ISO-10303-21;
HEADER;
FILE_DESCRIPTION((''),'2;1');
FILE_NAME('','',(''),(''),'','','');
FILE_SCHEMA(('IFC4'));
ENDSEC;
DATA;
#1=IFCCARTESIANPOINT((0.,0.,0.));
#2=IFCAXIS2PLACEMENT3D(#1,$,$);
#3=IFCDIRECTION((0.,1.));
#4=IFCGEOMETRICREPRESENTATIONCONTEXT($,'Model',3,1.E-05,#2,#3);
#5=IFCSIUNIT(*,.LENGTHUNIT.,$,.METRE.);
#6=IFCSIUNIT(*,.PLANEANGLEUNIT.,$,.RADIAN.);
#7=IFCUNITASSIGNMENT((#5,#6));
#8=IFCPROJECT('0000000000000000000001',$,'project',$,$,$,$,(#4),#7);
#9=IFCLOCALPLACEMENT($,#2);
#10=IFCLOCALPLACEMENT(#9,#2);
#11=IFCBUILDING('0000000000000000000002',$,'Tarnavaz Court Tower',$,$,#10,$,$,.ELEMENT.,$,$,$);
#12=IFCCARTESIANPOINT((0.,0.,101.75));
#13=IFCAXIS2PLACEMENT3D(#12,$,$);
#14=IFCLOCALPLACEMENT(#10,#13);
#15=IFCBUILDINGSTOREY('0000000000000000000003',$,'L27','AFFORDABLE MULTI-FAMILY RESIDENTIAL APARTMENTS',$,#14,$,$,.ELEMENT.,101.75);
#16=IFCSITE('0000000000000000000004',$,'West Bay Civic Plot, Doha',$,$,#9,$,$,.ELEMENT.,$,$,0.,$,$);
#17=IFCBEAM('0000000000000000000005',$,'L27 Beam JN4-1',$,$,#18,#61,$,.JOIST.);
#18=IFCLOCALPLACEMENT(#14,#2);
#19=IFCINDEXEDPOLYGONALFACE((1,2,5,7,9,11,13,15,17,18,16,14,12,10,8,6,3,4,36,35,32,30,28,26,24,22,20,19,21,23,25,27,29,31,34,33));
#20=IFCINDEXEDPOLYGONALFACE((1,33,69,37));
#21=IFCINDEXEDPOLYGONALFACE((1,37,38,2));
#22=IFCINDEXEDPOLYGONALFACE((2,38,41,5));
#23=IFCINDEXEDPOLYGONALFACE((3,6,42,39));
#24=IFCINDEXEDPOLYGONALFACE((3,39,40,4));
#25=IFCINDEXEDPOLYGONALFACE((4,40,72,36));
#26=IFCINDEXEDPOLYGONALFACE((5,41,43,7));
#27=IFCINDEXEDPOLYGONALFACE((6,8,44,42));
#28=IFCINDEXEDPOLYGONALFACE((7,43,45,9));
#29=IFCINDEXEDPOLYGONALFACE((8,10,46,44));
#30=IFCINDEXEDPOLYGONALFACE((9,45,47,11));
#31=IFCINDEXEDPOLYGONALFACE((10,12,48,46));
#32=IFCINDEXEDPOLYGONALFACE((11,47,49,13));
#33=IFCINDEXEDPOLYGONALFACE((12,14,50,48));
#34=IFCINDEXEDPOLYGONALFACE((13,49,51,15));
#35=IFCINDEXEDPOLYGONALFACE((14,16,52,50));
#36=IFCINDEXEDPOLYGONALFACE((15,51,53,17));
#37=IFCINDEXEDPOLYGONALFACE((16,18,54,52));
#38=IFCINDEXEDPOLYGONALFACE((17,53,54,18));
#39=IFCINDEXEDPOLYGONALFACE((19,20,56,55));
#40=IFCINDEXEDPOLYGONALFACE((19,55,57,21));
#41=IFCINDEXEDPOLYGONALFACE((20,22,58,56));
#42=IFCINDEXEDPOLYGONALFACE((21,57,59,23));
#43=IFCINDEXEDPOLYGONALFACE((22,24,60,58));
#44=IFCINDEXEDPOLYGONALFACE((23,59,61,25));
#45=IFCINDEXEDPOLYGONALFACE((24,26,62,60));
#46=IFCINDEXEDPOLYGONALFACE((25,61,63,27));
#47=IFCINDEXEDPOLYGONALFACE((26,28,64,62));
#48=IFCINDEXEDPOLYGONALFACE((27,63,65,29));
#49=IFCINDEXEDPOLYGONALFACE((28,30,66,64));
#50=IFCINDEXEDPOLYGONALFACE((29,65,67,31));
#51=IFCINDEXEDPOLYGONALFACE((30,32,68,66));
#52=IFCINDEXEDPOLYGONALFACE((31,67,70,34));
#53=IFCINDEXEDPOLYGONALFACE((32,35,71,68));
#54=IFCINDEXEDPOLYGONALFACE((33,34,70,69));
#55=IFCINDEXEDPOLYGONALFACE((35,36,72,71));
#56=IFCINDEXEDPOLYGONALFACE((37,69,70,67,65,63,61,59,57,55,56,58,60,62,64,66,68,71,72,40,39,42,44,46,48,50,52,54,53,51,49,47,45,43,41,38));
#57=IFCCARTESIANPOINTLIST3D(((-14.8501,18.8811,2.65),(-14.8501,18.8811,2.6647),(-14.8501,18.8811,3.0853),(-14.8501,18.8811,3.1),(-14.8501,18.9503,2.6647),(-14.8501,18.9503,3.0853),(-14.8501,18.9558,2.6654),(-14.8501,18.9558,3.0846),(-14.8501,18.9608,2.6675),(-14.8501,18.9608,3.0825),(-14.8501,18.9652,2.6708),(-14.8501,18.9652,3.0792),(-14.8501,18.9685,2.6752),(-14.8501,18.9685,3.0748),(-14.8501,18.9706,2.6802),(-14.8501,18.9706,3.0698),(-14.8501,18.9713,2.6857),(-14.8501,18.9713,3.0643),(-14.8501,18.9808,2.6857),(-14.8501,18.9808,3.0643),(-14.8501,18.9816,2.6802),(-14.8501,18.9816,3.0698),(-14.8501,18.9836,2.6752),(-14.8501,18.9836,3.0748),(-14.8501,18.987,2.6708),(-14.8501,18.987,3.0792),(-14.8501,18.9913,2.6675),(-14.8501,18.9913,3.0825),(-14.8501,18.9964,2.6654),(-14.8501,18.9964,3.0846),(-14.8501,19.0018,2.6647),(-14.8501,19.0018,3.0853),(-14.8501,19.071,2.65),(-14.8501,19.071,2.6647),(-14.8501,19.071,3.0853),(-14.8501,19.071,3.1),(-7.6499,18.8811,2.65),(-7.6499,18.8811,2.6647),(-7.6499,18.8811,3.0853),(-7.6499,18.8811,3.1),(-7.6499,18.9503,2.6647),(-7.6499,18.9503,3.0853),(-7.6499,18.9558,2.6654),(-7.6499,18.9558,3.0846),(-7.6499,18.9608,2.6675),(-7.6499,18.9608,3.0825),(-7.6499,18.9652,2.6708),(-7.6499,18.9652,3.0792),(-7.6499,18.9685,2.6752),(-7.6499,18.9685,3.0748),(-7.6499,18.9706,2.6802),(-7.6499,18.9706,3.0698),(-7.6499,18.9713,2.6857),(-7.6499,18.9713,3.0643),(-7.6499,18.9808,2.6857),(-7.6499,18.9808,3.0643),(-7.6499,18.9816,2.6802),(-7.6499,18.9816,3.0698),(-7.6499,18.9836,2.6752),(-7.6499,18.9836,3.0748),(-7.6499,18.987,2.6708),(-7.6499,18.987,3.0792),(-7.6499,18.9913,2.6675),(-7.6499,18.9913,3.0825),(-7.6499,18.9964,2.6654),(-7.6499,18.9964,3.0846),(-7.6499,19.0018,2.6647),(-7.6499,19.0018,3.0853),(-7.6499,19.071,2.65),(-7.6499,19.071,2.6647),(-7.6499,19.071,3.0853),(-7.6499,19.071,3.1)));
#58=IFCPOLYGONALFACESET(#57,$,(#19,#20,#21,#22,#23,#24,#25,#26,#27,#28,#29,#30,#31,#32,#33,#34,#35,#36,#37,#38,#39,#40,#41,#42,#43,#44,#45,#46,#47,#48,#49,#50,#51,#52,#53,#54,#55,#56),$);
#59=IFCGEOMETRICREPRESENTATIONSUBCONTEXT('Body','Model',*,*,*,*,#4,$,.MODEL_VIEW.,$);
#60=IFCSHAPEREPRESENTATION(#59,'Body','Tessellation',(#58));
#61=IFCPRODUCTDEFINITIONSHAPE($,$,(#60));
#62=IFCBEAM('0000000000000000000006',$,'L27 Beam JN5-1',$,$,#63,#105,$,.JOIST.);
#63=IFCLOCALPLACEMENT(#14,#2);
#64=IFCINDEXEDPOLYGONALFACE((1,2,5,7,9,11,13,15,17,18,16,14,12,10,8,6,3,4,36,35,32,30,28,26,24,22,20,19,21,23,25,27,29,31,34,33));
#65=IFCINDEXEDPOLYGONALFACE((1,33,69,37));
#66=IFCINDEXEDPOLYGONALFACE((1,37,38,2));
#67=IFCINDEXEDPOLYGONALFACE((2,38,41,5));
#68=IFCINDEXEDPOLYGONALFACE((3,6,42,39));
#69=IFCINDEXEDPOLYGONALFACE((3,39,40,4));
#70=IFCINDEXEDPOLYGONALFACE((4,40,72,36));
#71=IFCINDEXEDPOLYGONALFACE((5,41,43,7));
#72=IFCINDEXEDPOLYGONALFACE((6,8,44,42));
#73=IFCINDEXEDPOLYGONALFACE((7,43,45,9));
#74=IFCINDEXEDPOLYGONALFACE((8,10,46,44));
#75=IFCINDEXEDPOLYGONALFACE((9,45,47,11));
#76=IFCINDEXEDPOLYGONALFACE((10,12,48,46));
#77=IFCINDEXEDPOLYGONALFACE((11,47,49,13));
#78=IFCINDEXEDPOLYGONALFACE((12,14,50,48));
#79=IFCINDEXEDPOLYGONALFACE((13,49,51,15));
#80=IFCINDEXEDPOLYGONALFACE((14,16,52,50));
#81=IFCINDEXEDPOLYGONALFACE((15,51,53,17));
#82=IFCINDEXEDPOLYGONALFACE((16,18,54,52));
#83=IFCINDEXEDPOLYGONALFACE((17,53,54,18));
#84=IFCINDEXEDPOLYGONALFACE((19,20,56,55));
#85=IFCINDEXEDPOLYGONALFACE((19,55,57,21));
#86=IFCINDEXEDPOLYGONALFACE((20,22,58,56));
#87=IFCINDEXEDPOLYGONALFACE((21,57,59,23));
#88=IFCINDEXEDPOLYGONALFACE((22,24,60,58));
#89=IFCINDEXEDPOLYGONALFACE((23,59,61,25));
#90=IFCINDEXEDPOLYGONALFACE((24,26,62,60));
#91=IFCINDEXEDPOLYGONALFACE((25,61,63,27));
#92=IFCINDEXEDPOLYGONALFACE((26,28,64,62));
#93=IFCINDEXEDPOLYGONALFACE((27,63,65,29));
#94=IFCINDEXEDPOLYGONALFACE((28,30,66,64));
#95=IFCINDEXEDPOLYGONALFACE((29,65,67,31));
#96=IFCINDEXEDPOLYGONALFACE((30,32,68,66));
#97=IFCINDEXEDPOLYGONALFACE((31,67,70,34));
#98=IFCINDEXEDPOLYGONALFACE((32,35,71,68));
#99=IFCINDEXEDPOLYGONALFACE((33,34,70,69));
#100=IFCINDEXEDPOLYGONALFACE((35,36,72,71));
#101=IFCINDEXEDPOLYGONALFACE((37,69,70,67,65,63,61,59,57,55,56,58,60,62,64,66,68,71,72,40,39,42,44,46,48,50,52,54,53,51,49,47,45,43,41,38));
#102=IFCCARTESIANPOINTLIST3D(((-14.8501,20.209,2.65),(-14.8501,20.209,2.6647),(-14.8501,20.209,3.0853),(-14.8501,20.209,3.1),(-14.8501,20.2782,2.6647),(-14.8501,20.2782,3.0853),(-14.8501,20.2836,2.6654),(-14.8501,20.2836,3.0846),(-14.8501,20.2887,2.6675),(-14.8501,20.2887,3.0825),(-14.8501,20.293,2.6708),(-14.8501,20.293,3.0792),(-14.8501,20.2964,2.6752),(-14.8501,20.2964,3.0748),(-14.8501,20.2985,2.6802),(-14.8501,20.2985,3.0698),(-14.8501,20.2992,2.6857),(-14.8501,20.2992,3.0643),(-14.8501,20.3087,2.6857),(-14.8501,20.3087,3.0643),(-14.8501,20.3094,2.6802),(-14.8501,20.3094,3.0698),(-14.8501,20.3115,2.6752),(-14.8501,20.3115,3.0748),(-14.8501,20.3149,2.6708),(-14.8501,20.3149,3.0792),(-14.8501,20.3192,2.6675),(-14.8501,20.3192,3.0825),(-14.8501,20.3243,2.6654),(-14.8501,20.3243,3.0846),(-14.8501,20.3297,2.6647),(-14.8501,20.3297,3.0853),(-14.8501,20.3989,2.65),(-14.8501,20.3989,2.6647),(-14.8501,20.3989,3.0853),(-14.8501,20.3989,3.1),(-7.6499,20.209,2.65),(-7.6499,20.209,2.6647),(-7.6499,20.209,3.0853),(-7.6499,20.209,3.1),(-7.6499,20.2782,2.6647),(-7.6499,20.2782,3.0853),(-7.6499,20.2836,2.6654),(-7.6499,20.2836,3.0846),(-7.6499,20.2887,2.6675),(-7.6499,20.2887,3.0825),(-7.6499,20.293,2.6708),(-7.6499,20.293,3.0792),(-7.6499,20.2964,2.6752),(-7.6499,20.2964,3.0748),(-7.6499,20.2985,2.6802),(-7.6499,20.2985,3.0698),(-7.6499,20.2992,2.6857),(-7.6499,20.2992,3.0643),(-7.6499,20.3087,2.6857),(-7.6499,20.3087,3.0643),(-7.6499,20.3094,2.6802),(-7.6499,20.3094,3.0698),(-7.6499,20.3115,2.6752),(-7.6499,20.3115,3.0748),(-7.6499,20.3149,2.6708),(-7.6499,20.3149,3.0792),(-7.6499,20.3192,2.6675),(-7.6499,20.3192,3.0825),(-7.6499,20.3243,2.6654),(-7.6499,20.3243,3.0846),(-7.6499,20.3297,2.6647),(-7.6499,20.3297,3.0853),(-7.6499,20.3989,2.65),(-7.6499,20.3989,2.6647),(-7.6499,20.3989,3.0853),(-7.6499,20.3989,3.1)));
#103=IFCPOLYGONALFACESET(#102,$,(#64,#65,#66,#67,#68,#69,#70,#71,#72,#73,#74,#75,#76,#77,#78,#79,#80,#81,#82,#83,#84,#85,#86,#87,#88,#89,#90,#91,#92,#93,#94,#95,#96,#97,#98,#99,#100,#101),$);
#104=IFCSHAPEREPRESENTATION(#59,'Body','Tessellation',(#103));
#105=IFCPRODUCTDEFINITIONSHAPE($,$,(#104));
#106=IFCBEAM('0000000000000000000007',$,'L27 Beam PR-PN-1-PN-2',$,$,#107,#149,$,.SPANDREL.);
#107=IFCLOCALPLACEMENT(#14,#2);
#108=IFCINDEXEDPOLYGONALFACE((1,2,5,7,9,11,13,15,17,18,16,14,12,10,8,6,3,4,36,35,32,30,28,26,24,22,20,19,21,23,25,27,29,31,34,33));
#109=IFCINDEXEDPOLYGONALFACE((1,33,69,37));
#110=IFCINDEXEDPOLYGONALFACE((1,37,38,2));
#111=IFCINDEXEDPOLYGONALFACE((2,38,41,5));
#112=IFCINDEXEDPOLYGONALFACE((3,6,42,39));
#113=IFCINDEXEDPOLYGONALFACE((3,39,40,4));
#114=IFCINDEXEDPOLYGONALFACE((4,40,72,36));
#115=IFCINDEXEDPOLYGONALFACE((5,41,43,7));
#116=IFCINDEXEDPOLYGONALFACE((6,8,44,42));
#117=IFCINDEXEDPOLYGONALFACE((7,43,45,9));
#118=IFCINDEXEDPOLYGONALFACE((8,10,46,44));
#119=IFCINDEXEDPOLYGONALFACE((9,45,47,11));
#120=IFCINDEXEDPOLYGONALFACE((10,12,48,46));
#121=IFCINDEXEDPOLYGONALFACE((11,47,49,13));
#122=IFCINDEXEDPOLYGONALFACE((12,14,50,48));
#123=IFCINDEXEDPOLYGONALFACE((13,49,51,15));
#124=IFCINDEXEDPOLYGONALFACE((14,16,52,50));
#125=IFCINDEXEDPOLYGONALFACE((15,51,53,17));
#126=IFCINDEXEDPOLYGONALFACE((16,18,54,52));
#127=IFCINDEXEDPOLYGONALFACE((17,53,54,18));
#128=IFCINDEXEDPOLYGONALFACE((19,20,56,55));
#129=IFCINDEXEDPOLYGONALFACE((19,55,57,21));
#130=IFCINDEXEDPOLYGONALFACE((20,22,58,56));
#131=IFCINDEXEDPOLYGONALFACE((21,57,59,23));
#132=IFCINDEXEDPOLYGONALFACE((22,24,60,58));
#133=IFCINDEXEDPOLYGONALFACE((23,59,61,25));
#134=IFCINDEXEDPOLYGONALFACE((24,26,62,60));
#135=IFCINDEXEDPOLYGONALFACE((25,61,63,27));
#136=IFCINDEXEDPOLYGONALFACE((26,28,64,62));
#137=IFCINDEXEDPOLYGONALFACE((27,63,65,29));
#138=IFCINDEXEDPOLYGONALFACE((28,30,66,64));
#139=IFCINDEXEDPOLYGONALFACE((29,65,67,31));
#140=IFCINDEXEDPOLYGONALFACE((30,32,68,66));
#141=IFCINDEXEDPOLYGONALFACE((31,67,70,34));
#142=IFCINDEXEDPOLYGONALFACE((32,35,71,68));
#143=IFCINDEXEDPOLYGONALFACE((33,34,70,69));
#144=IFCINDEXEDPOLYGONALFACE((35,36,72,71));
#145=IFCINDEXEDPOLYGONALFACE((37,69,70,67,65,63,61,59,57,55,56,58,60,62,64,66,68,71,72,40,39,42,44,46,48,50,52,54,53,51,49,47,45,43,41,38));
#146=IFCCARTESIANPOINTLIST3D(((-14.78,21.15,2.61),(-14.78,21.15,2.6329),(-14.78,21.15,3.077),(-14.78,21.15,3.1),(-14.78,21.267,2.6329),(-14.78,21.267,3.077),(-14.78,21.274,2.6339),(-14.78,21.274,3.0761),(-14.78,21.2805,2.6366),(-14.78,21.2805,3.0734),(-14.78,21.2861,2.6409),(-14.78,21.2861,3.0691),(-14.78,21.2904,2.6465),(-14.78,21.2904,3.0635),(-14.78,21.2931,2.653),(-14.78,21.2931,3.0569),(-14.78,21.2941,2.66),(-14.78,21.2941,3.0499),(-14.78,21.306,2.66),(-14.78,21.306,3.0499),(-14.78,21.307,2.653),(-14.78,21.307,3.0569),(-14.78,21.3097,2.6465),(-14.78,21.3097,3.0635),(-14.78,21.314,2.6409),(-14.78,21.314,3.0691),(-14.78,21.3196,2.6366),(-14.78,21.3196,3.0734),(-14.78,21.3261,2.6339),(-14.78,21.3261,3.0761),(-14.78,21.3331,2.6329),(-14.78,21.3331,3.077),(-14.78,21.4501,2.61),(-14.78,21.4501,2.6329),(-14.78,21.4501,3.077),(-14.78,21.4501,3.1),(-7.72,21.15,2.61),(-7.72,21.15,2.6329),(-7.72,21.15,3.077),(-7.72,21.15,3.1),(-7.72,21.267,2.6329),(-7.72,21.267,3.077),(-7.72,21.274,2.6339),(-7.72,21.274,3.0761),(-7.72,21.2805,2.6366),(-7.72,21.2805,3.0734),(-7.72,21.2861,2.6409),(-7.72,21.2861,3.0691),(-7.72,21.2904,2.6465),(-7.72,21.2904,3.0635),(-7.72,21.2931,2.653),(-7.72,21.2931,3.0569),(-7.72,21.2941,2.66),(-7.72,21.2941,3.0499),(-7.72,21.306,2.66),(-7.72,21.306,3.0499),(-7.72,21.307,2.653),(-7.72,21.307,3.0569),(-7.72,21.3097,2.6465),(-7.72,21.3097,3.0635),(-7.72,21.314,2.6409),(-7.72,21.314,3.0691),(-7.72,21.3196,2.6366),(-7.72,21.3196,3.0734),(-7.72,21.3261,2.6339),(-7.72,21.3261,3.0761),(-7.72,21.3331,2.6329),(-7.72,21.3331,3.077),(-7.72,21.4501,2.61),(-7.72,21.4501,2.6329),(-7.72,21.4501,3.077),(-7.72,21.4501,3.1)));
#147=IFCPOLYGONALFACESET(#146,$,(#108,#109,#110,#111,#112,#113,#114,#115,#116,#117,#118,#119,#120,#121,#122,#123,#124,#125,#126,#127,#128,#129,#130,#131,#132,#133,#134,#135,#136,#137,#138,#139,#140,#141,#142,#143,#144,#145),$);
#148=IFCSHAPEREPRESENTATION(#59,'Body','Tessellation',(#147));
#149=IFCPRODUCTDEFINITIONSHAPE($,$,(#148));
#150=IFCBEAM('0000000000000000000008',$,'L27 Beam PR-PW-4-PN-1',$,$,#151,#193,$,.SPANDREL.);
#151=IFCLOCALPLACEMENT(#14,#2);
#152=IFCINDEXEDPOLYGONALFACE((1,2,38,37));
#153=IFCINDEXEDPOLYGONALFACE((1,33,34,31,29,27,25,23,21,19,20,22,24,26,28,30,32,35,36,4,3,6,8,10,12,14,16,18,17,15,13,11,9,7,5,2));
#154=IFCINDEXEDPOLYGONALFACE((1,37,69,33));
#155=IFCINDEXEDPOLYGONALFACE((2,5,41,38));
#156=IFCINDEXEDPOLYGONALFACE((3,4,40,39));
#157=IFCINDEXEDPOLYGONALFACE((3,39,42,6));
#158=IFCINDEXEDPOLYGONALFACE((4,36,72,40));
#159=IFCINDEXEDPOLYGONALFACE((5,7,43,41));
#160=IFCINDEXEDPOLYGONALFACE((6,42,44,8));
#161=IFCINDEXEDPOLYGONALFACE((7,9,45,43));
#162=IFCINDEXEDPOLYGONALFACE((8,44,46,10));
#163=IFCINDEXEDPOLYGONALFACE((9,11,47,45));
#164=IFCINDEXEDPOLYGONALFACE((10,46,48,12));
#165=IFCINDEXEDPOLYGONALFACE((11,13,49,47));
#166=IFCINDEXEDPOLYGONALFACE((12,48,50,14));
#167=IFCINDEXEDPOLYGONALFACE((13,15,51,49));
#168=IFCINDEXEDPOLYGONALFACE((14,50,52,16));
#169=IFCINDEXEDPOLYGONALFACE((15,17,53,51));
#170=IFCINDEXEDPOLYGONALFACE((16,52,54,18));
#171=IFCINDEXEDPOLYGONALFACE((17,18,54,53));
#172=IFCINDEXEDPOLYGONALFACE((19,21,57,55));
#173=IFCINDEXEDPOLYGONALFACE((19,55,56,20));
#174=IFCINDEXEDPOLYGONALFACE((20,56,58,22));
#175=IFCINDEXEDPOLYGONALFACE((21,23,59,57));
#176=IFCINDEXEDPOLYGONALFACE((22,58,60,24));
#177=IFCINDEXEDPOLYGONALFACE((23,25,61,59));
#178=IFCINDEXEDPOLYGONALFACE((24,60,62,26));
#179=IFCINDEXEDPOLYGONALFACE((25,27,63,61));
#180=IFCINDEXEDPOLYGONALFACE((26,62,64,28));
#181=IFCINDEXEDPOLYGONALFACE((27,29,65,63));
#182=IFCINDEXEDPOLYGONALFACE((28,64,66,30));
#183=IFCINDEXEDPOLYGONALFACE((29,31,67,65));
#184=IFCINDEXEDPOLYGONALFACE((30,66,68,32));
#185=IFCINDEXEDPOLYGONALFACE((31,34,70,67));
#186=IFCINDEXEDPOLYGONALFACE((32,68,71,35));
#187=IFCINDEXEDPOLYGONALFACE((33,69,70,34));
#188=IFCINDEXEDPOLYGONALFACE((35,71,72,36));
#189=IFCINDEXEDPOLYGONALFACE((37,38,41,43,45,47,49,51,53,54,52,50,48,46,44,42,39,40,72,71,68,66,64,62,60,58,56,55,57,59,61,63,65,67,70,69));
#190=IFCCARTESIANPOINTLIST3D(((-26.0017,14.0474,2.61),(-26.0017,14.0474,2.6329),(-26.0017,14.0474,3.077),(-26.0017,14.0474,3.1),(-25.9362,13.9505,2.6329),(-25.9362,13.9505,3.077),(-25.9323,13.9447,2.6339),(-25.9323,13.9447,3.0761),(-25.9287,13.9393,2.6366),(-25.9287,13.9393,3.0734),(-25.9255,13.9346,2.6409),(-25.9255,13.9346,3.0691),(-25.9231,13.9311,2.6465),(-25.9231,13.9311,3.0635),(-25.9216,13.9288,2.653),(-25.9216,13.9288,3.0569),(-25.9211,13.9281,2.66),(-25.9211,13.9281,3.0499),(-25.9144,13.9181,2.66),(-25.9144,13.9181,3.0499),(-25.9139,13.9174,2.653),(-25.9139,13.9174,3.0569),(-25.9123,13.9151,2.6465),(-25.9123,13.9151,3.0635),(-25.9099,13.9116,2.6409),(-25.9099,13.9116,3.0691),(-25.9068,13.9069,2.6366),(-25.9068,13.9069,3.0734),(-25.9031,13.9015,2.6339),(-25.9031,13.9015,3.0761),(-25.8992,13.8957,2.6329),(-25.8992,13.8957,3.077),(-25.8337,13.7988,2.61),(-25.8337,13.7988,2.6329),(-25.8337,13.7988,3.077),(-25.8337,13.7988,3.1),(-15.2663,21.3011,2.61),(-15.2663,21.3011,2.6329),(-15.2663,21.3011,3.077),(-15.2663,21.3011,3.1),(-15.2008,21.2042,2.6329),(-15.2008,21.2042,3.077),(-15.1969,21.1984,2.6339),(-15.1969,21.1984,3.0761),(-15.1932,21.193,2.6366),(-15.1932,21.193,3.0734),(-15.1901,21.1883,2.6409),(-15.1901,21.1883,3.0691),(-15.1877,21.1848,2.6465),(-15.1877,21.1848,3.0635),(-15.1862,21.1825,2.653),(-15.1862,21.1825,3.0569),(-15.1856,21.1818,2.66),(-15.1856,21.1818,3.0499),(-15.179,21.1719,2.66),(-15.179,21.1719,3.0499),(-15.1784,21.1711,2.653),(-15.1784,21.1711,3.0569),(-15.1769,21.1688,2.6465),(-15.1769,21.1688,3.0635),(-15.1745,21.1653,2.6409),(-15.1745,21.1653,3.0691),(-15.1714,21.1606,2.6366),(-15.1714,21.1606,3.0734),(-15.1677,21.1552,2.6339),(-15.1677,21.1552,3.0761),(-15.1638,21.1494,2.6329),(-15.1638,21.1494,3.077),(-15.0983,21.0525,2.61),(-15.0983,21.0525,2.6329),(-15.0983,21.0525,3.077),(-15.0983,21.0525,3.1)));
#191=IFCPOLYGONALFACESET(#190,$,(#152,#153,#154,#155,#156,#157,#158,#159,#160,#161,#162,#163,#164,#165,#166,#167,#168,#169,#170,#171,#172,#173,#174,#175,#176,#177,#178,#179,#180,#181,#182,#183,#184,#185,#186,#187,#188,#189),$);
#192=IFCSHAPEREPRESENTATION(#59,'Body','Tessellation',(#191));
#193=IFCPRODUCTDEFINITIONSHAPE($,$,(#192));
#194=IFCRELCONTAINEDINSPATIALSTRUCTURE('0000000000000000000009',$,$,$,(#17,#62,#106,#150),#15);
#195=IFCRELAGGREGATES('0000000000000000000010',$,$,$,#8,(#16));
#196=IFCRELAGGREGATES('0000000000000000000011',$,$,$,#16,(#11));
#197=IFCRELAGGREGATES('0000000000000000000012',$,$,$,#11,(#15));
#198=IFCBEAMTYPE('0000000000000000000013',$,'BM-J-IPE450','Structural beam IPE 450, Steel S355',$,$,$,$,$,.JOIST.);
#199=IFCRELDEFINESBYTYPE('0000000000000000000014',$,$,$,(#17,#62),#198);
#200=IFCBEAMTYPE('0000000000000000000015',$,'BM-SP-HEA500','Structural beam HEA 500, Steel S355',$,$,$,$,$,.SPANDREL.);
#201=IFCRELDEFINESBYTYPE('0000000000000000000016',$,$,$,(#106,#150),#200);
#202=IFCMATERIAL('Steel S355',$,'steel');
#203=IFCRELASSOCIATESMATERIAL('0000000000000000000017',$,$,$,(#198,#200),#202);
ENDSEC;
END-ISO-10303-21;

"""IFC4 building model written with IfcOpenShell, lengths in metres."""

from ifc_helpers import new_model, si_unit, direction, frame, origin, origin_2d, place, context, subcontext, project, spatial, i_section, extrude, material, material_profile, profile_set, type_object, element, save


model = new_model("IFC4")

# Units and contexts
model_context = context("Model", 3, precision=1e-05, world=origin(), true_north=direction((0.0, 1.0)))
body_context = subcontext(model_context, "Body", "Model", "MODEL_VIEW")
ifc_project = project(units=[si_unit("LENGTHUNIT", "METRE"), si_unit("PLANEANGLEUNIT", "RADIAN")], contexts=[model_context])

# Site, building, storey
site_placement = place(None, origin())
site = spatial("IfcSite", under=ifc_project, at=site_placement, Name="West Bay Civic Plot, Doha", CompositionType="ELEMENT", RefElevation=0.0)
building_placement = place(site_placement, origin())
building = spatial("IfcBuilding", under=site, at=building_placement, Name="Tarnavaz Court Tower", CompositionType="ELEMENT")
storey_placement = place(building_placement, frame((0.0, 0.0, 101.75)))
storey = spatial("IfcBuildingStorey", under=building, at=storey_placement, Name="L27", Description="AFFORDABLE MULTI-FAMILY RESIDENTIAL APARTMENTS", CompositionType="ELEMENT", Elevation=101.75)

# Beams
ifc_material_1 = material(Name="Steel S355", Category="steel")
ifc_material_profile_1 = material_profile(ifc_material_1, i_section(OverallWidth=0.1899, OverallDepth=0.45, WebThickness=0.0095, FlangeThickness=0.0146, FilletRadius=0.021, at=origin_2d()), Name="IPE 450")
ifc_profile_set_1 = profile_set([ifc_material_profile_1], Name="Steel S355")
beam_type_1 = type_object("IfcBeamType", Name="BM-J-IPE450", Description="Structural beam IPE 450, Steel S355", PredefinedType="JOIST", material=ifc_profile_set_1)
for number, where, z_axis, x_axis, name in (
    (1, (-14.8501, 18.9761, 2.875), (1.0, 0.0, 0.0), (0.0, 1.0, 0.0), "L27 Beam JN4-1"),
    (2, (-14.8501, 20.304, 2.875), (1.0, 0.0, 0.0), (0.0, 1.0, 0.0), "L27 Beam JN5-1"),
):
    element("IfcBeam", number, at=place(storey_placement, frame(where, z_axis=z_axis, x_axis=x_axis)), inside=storey, type_object=beam_type_1, Name=name, PredefinedType="JOIST", context=body_context, shape_type="SweptSolid", body=[
        extrude(i_section(OverallWidth=0.1899, OverallDepth=0.45, WebThickness=0.0095, FlangeThickness=0.0146, FilletRadius=0.021, at=origin_2d()), origin(), (0.0, 0.0, 1.0), 7.2002),
    ])
ifc_material_profile_2 = material_profile(ifc_material_1, i_section(OverallWidth=0.3, OverallDepth=0.49, WebThickness=0.012, FlangeThickness=0.0229, FilletRadius=0.0271, at=origin_2d()), Name="HEA 500")
ifc_profile_set_2 = profile_set([ifc_material_profile_2], Name="Steel S355")
beam_type_2 = type_object("IfcBeamType", Name="BM-SP-HEA500", Description="Structural beam HEA 500, Steel S355", PredefinedType="SPANDREL", material=ifc_profile_set_2)
beam_1_placement = place(storey_placement, frame((-14.78, 21.3, 2.855), z_axis=(1.0, 0.0, 0.0), x_axis=(0.0, 1.0, 0.0)))
element("IfcBeam", 3, at=beam_1_placement, inside=storey, type_object=beam_type_2, Name="L27 Beam PR-PN-1-PN-2", PredefinedType="SPANDREL", context=body_context, shape_type="SweptSolid", body=[
    extrude(i_section(OverallWidth=0.3, OverallDepth=0.49, WebThickness=0.012, FlangeThickness=0.0229, FilletRadius=0.0271, at=origin_2d()), origin(), (0.0, 0.0, 1.0), 7.0601),
])
beam_2_placement = place(storey_placement, frame((-25.9177, 13.9231, 2.855), z_axis=(0.828587, 0.55986, 0.0), x_axis=(-0.55986, 0.828587, 0.0)))
element("IfcBeam", 4, at=beam_2_placement, inside=storey, type_object=beam_type_2, Name="L27 Beam PR-PW-4-PN-1", PredefinedType="SPANDREL", context=body_context, shape_type="SweptSolid", body=[
    extrude(i_section(OverallWidth=0.3, OverallDepth=0.49, WebThickness=0.012, FlangeThickness=0.0229, FilletRadius=0.0271, at=origin_2d()), origin(), (0.0, 0.0, 1.0), 12.9563),
])

save(model, "model.ifc")
